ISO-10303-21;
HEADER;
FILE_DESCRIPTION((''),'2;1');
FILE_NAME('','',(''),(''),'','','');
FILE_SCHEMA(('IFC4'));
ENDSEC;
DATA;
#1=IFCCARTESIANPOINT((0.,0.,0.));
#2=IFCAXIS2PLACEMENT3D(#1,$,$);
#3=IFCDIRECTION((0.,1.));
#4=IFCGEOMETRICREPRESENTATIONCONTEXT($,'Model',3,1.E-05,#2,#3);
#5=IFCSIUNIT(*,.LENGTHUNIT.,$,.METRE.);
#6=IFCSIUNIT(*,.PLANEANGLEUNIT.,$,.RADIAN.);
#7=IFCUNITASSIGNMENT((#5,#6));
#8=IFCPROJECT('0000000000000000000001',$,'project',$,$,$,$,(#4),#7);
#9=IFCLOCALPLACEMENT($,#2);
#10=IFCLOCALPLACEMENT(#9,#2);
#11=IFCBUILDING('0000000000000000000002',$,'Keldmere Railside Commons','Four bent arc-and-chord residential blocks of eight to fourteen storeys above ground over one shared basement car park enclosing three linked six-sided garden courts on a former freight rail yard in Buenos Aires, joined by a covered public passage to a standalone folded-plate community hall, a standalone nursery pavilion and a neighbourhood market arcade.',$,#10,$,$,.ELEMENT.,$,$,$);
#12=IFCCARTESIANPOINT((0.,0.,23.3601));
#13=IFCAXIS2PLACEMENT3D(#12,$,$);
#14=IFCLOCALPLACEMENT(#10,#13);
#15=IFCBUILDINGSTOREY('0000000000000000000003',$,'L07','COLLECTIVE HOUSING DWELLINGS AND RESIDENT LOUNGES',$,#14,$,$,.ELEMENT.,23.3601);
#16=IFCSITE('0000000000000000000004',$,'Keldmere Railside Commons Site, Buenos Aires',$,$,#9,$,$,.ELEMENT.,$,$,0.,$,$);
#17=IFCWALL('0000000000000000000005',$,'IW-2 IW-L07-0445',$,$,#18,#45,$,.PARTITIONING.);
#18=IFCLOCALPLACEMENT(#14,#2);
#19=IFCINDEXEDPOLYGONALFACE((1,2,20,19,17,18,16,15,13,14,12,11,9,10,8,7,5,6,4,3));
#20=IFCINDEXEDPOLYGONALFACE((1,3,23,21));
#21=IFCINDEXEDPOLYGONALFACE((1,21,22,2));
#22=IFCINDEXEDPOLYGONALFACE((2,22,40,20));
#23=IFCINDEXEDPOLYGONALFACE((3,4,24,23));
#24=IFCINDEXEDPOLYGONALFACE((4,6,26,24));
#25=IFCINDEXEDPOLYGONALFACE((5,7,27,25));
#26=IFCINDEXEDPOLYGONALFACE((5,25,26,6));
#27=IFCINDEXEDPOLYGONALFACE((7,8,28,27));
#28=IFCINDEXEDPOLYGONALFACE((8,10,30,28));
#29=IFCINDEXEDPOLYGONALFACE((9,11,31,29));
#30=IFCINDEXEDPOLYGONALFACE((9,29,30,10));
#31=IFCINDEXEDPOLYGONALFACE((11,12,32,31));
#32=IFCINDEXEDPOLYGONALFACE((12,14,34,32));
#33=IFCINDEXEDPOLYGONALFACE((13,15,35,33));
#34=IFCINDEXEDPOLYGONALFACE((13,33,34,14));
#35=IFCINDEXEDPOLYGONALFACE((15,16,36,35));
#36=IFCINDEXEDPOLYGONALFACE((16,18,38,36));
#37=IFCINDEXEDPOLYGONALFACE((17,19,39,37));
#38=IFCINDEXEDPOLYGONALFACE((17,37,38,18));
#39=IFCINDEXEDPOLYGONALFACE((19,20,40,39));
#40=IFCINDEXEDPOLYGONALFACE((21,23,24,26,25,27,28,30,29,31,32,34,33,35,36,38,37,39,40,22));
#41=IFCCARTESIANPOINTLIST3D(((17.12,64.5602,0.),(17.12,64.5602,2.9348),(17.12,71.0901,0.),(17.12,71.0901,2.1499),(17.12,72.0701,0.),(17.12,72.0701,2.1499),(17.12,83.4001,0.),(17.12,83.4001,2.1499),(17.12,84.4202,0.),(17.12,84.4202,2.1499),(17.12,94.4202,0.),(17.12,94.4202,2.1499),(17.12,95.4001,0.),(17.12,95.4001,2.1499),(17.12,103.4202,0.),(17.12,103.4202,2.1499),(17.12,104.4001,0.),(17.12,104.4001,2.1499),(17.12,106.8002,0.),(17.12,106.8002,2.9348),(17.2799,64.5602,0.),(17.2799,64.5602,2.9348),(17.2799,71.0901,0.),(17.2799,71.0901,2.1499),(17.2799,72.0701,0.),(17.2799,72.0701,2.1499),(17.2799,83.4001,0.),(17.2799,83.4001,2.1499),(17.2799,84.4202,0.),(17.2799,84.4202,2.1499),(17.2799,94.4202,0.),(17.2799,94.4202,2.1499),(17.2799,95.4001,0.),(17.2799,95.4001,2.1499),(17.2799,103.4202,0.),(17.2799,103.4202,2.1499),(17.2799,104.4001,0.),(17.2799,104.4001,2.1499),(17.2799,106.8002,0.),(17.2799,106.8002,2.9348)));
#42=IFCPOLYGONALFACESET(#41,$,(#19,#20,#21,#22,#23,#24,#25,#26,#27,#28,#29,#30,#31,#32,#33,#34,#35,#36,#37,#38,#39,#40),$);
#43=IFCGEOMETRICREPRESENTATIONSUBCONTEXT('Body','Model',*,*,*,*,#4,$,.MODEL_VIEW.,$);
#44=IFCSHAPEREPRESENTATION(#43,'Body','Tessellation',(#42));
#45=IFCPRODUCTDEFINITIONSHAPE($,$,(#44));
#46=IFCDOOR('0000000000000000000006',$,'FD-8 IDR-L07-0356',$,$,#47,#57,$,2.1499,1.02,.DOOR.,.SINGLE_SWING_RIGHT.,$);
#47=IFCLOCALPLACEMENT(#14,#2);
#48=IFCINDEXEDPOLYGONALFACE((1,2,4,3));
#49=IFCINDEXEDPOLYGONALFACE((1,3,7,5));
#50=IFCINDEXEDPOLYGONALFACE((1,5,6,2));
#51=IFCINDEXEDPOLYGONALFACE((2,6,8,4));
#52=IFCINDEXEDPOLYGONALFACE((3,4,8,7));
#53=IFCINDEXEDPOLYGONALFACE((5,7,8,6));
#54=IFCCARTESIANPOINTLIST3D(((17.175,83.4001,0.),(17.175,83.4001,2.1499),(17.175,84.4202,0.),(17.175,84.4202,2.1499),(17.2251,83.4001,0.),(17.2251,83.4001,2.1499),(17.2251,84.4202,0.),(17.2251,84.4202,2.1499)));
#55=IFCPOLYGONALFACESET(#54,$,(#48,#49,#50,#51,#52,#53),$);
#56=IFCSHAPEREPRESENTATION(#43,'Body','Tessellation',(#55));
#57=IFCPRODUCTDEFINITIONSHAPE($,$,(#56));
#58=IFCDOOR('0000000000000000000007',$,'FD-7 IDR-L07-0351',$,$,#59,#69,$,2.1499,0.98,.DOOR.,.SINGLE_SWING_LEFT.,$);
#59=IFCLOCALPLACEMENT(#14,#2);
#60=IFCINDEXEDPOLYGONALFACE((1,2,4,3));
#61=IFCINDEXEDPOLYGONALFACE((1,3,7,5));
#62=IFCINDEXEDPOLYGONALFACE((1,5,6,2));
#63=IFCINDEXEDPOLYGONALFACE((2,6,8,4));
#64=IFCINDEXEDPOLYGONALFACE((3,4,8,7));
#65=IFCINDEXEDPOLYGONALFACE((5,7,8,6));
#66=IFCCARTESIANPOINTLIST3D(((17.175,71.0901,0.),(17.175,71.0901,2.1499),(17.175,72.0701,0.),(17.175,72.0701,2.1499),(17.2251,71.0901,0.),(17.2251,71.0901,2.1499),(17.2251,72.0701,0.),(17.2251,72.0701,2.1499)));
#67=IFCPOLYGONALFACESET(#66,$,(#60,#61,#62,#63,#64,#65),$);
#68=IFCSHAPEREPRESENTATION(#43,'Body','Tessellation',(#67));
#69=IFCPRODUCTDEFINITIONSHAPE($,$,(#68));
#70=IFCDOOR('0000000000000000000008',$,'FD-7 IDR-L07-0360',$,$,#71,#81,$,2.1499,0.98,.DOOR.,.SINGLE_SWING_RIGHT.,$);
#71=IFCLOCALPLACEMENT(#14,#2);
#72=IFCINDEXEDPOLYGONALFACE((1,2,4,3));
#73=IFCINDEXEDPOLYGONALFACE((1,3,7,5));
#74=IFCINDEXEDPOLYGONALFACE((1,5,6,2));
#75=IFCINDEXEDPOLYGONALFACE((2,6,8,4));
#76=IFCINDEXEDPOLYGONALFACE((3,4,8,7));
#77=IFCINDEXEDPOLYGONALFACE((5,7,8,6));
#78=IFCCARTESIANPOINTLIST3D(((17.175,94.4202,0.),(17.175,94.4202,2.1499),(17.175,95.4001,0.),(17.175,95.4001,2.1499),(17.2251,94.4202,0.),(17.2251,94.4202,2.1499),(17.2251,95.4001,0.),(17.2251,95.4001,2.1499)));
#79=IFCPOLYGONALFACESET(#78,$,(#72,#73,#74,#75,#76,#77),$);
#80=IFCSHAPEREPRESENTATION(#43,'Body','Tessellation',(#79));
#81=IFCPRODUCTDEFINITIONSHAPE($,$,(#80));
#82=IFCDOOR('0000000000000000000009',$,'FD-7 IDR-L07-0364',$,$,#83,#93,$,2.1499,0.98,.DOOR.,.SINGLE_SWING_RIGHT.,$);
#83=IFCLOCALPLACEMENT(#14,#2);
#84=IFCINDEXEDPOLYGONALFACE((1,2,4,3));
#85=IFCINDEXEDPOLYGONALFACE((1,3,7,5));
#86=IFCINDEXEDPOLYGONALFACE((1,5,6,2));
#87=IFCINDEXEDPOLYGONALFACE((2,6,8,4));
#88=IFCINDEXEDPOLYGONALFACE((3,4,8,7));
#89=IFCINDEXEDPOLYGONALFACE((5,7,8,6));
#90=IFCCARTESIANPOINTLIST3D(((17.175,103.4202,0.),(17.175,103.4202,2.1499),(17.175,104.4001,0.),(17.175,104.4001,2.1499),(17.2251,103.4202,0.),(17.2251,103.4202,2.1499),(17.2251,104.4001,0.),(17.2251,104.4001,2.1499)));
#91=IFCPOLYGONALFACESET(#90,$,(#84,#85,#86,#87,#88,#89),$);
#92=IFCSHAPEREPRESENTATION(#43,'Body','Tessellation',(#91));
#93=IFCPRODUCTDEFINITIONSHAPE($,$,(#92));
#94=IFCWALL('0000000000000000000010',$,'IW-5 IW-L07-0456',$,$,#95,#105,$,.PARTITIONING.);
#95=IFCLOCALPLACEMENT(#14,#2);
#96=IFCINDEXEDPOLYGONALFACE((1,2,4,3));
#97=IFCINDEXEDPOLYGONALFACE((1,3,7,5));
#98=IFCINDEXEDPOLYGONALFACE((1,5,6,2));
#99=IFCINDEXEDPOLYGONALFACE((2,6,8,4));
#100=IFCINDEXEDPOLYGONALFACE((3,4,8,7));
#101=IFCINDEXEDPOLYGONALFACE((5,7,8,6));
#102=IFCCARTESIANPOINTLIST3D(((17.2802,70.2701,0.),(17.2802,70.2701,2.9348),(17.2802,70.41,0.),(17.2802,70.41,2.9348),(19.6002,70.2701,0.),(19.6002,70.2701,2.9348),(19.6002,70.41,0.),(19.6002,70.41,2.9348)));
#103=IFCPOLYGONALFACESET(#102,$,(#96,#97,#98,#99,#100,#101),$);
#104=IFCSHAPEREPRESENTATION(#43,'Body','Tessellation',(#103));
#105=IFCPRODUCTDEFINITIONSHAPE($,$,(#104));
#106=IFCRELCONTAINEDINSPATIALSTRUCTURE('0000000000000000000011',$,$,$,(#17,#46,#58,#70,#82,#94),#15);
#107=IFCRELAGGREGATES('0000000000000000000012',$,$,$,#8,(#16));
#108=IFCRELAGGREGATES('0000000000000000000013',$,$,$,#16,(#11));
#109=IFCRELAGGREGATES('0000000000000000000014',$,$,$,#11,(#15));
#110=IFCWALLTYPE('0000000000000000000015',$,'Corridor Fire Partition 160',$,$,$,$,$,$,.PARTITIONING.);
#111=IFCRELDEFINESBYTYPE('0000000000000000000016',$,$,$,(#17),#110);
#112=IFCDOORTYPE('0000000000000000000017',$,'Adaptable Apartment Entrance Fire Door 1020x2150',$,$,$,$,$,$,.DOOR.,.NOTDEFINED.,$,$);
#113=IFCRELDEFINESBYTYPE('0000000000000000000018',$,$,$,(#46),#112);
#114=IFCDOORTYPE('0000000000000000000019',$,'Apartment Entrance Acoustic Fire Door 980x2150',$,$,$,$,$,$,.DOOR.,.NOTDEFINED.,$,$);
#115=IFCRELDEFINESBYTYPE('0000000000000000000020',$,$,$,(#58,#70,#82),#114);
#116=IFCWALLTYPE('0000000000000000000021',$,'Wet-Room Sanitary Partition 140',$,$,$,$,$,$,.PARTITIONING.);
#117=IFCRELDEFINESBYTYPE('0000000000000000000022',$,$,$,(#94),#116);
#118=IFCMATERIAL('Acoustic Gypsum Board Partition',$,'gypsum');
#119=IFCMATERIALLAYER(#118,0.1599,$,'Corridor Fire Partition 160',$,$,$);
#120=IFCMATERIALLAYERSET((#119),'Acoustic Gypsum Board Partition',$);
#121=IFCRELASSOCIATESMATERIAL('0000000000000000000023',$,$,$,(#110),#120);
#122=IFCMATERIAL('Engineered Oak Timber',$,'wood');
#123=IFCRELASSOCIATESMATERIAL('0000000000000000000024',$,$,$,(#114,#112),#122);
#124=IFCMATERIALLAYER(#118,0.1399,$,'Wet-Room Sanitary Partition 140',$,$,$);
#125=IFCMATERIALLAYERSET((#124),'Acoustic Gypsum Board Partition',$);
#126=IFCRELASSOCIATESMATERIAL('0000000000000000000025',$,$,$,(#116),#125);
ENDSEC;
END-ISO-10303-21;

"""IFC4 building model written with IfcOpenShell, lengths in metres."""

from ifc_helpers import new_model, si_unit, direction, frame, frame_2d, origin, place, context, subcontext, project, spatial, rectangle, extrude, material, layer, layer_set, type_object, element, fill, save


model = new_model("IFC4")

# Units and contexts
model_context = context("Model", 3, precision=1e-05, world=origin(), true_north=direction((0.0, 1.0)))
body_context = subcontext(model_context, "Body", "Model", "MODEL_VIEW")
ifc_project = project(units=[si_unit("LENGTHUNIT", "METRE"), si_unit("PLANEANGLEUNIT", "RADIAN")], contexts=[model_context])

# Site, building, storey
site_placement = place(None, origin())
site = spatial("IfcSite", under=ifc_project, at=site_placement, Name="Keldmere Railside Commons Site, Buenos Aires", CompositionType="ELEMENT", RefElevation=0.0)
building_placement = place(site_placement, origin())
building = spatial("IfcBuilding", under=site, at=building_placement, Name="Keldmere Railside Commons", Description="Four bent arc-and-chord residential blocks of eight to fourteen storeys above ground over one shared basement car park enclosing three linked six-sided garden courts on a former freight rail yard in Buenos Aires, joined by a covered public passage to a standalone folded-plate community hall, a standalone nursery pavilion and a neighbourhood market arcade.", CompositionType="ELEMENT")
storey_placement = place(building_placement, frame((0.0, 0.0, 23.3601)))
storey = spatial("IfcBuildingStorey", under=building, at=storey_placement, Name="L07", Description="COLLECTIVE HOUSING DWELLINGS AND RESIDENT LOUNGES", CompositionType="ELEMENT", Elevation=23.3601)

# Shared definitions
ifc_material_1 = material(Name="Acoustic Gypsum Board Partition", Category="gypsum")
ifc_material_2 = material(Name="Engineered Oak Timber", Category="wood")

# Wall, openings, doors
ifc_layer_1 = layer(ifc_material_1, 0.1599, Name="Corridor Fire Partition 160")
ifc_layer_set_1 = layer_set([ifc_layer_1], Name="Acoustic Gypsum Board Partition")
wall_type_1 = type_object("IfcWallType", Name="Corridor Fire Partition 160", PredefinedType="PARTITIONING", material=ifc_layer_set_1)
door_type_1 = type_object("IfcDoorType", Name="Apartment Entrance Acoustic Fire Door 980x2150", OperationType="NOTDEFINED", PredefinedType="DOOR", material=ifc_material_2)
wall_1_placement = place(storey_placement, frame((17.2, 64.5601, 0.0), z_axis=(0.0, 0.0, 1.0), x_axis=(0.0, 1.0, 0.0)))
wall_1 = element("IfcWall", 1, at=wall_1_placement, inside=storey, type_object=wall_type_1, Name="IW-2 IW-L07-0445", PredefinedType="PARTITIONING", context=body_context, shape_type="SweptSolid", body=[
    extrude(rectangle(XDim=42.24, YDim=0.1599, at=frame_2d((21.1201, 0.0))), origin(), (0.0, 0.0, 1.0), 2.9348),
])
opening_1_placement = place(wall_1_placement, frame((6.53, 0.0, 0.0)))
opening_1 = element("IfcOpeningElement", 2, at=opening_1_placement, cuts=wall_1, PredefinedType="OPENING", context=body_context, shape_type="SweptSolid", body=[
    extrude(rectangle(XDim=0.98, YDim=2.1499, at=frame_2d((0.49, 1.075))), frame((0.0, 0.0898, 0.0), z_axis=(0.0, -1.0, 0.0), x_axis=(1.0, 0.0, 0.0)), (0.0, 0.0, 1.0), 0.1799),
])
opening_2_placement = place(wall_1_placement, frame((18.8401, 0.0, 0.0)))
opening_2 = element("IfcOpeningElement", 3, at=opening_2_placement, cuts=wall_1, PredefinedType="OPENING", context=body_context, shape_type="SweptSolid", body=[
    extrude(rectangle(XDim=1.02, YDim=2.1499, at=frame_2d((0.51, 1.075))), frame((0.0, 0.0898, 0.0), z_axis=(0.0, -1.0, 0.0), x_axis=(1.0, 0.0, 0.0)), (0.0, 0.0, 1.0), 0.1799),
])
opening_3_placement = place(wall_1_placement, frame((29.8601, 0.0, 0.0)))
opening_3 = element("IfcOpeningElement", 4, at=opening_3_placement, cuts=wall_1, PredefinedType="OPENING", context=body_context, shape_type="SweptSolid", body=[
    extrude(rectangle(XDim=0.98, YDim=2.1499, at=frame_2d((0.49, 1.075))), frame((0.0, 0.0898, 0.0), z_axis=(0.0, -1.0, 0.0), x_axis=(1.0, 0.0, 0.0)), (0.0, 0.0, 1.0), 0.1799),
])
opening_4_placement = place(wall_1_placement, frame((38.8601, 0.0, 0.0)))
opening_4 = element("IfcOpeningElement", 5, at=opening_4_placement, cuts=wall_1, PredefinedType="OPENING", context=body_context, shape_type="SweptSolid", body=[
    extrude(rectangle(XDim=0.98, YDim=2.1499, at=frame_2d((0.49, 1.075))), frame((0.0, 0.0898, 0.0), z_axis=(0.0, -1.0, 0.0), x_axis=(1.0, 0.0, 0.0)), (0.0, 0.0, 1.0), 0.1799),
])
door_type_2 = type_object("IfcDoorType", Name="Adaptable Apartment Entrance Fire Door 1020x2150", OperationType="NOTDEFINED", PredefinedType="DOOR", material=ifc_material_2)
door_1_placement = place(opening_2_placement, origin())
door_1 = element("IfcDoor", 6, at=door_1_placement, inside=storey, type_object=door_type_2, Name="FD-8 IDR-L07-0356", OperationType="SINGLE_SWING_RIGHT", OverallHeight=2.1499, OverallWidth=1.02, PredefinedType="DOOR", context=body_context, shape_type="SweptSolid", body=[
    extrude(rectangle(XDim=1.02, YDim=2.1499, at=frame_2d((0.51, 1.075))), frame((0.0, 0.0249, 0.0), z_axis=(0.0, -1.0, 0.0), x_axis=(1.0, 0.0, 0.0)), (0.0, 0.0, 1.0), 0.05),
])
fill(opening_2, door_1)
door_2_placement = place(opening_1_placement, origin())
door_2 = element("IfcDoor", 7, at=door_2_placement, inside=storey, type_object=door_type_1, Name="FD-7 IDR-L07-0351", OperationType="SINGLE_SWING_LEFT", OverallHeight=2.1499, OverallWidth=0.98, PredefinedType="DOOR", context=body_context, shape_type="SweptSolid", body=[
    extrude(rectangle(XDim=0.98, YDim=2.1499, at=frame_2d((0.49, 1.075))), frame((0.0, 0.0249, 0.0), z_axis=(0.0, -1.0, 0.0), x_axis=(1.0, 0.0, 0.0)), (0.0, 0.0, 1.0), 0.05),
])
fill(opening_1, door_2)
door_3_placement = place(opening_3_placement, origin())
door_3 = element("IfcDoor", 8, at=door_3_placement, inside=storey, type_object=door_type_1, Name="FD-7 IDR-L07-0360", OperationType="SINGLE_SWING_RIGHT", OverallHeight=2.1499, OverallWidth=0.98, PredefinedType="DOOR", context=body_context, shape_type="SweptSolid", body=[
    extrude(rectangle(XDim=0.98, YDim=2.1499, at=frame_2d((0.49, 1.075))), frame((0.0, 0.0249, 0.0), z_axis=(0.0, -1.0, 0.0), x_axis=(1.0, 0.0, 0.0)), (0.0, 0.0, 1.0), 0.05),
])
fill(opening_3, door_3)
door_4_placement = place(opening_4_placement, origin())
door_4 = element("IfcDoor", 9, at=door_4_placement, inside=storey, type_object=door_type_1, Name="FD-7 IDR-L07-0364", OperationType="SINGLE_SWING_RIGHT", OverallHeight=2.1499, OverallWidth=0.98, PredefinedType="DOOR", context=body_context, shape_type="SweptSolid", body=[
    extrude(rectangle(XDim=0.98, YDim=2.1499, at=frame_2d((0.49, 1.075))), frame((0.0, 0.0249, 0.0), z_axis=(0.0, -1.0, 0.0), x_axis=(1.0, 0.0, 0.0)), (0.0, 0.0, 1.0), 0.05),
])
fill(opening_4, door_4)

# Wall
ifc_layer_2 = layer(ifc_material_1, 0.1399, Name="Wet-Room Sanitary Partition 140")
ifc_layer_set_2 = layer_set([ifc_layer_2], Name="Acoustic Gypsum Board Partition")
wall_type_2 = type_object("IfcWallType", Name="Wet-Room Sanitary Partition 140", PredefinedType="PARTITIONING", material=ifc_layer_set_2)
wall_2_placement = place(storey_placement, frame((17.28, 70.3401, 0.0), z_axis=(0.0, 0.0, 1.0), x_axis=(1.0, 0.0, 0.0)))
element("IfcWall", 10, at=wall_2_placement, inside=storey, type_object=wall_type_2, Name="IW-5 IW-L07-0456", PredefinedType="PARTITIONING", context=body_context, shape_type="SweptSolid", body=[
    extrude(rectangle(XDim=2.3201, YDim=0.1399, at=frame_2d((1.1602, 0.0))), origin(), (0.0, 0.0, 1.0), 2.9348),
])

save(model, "model.ifc")
